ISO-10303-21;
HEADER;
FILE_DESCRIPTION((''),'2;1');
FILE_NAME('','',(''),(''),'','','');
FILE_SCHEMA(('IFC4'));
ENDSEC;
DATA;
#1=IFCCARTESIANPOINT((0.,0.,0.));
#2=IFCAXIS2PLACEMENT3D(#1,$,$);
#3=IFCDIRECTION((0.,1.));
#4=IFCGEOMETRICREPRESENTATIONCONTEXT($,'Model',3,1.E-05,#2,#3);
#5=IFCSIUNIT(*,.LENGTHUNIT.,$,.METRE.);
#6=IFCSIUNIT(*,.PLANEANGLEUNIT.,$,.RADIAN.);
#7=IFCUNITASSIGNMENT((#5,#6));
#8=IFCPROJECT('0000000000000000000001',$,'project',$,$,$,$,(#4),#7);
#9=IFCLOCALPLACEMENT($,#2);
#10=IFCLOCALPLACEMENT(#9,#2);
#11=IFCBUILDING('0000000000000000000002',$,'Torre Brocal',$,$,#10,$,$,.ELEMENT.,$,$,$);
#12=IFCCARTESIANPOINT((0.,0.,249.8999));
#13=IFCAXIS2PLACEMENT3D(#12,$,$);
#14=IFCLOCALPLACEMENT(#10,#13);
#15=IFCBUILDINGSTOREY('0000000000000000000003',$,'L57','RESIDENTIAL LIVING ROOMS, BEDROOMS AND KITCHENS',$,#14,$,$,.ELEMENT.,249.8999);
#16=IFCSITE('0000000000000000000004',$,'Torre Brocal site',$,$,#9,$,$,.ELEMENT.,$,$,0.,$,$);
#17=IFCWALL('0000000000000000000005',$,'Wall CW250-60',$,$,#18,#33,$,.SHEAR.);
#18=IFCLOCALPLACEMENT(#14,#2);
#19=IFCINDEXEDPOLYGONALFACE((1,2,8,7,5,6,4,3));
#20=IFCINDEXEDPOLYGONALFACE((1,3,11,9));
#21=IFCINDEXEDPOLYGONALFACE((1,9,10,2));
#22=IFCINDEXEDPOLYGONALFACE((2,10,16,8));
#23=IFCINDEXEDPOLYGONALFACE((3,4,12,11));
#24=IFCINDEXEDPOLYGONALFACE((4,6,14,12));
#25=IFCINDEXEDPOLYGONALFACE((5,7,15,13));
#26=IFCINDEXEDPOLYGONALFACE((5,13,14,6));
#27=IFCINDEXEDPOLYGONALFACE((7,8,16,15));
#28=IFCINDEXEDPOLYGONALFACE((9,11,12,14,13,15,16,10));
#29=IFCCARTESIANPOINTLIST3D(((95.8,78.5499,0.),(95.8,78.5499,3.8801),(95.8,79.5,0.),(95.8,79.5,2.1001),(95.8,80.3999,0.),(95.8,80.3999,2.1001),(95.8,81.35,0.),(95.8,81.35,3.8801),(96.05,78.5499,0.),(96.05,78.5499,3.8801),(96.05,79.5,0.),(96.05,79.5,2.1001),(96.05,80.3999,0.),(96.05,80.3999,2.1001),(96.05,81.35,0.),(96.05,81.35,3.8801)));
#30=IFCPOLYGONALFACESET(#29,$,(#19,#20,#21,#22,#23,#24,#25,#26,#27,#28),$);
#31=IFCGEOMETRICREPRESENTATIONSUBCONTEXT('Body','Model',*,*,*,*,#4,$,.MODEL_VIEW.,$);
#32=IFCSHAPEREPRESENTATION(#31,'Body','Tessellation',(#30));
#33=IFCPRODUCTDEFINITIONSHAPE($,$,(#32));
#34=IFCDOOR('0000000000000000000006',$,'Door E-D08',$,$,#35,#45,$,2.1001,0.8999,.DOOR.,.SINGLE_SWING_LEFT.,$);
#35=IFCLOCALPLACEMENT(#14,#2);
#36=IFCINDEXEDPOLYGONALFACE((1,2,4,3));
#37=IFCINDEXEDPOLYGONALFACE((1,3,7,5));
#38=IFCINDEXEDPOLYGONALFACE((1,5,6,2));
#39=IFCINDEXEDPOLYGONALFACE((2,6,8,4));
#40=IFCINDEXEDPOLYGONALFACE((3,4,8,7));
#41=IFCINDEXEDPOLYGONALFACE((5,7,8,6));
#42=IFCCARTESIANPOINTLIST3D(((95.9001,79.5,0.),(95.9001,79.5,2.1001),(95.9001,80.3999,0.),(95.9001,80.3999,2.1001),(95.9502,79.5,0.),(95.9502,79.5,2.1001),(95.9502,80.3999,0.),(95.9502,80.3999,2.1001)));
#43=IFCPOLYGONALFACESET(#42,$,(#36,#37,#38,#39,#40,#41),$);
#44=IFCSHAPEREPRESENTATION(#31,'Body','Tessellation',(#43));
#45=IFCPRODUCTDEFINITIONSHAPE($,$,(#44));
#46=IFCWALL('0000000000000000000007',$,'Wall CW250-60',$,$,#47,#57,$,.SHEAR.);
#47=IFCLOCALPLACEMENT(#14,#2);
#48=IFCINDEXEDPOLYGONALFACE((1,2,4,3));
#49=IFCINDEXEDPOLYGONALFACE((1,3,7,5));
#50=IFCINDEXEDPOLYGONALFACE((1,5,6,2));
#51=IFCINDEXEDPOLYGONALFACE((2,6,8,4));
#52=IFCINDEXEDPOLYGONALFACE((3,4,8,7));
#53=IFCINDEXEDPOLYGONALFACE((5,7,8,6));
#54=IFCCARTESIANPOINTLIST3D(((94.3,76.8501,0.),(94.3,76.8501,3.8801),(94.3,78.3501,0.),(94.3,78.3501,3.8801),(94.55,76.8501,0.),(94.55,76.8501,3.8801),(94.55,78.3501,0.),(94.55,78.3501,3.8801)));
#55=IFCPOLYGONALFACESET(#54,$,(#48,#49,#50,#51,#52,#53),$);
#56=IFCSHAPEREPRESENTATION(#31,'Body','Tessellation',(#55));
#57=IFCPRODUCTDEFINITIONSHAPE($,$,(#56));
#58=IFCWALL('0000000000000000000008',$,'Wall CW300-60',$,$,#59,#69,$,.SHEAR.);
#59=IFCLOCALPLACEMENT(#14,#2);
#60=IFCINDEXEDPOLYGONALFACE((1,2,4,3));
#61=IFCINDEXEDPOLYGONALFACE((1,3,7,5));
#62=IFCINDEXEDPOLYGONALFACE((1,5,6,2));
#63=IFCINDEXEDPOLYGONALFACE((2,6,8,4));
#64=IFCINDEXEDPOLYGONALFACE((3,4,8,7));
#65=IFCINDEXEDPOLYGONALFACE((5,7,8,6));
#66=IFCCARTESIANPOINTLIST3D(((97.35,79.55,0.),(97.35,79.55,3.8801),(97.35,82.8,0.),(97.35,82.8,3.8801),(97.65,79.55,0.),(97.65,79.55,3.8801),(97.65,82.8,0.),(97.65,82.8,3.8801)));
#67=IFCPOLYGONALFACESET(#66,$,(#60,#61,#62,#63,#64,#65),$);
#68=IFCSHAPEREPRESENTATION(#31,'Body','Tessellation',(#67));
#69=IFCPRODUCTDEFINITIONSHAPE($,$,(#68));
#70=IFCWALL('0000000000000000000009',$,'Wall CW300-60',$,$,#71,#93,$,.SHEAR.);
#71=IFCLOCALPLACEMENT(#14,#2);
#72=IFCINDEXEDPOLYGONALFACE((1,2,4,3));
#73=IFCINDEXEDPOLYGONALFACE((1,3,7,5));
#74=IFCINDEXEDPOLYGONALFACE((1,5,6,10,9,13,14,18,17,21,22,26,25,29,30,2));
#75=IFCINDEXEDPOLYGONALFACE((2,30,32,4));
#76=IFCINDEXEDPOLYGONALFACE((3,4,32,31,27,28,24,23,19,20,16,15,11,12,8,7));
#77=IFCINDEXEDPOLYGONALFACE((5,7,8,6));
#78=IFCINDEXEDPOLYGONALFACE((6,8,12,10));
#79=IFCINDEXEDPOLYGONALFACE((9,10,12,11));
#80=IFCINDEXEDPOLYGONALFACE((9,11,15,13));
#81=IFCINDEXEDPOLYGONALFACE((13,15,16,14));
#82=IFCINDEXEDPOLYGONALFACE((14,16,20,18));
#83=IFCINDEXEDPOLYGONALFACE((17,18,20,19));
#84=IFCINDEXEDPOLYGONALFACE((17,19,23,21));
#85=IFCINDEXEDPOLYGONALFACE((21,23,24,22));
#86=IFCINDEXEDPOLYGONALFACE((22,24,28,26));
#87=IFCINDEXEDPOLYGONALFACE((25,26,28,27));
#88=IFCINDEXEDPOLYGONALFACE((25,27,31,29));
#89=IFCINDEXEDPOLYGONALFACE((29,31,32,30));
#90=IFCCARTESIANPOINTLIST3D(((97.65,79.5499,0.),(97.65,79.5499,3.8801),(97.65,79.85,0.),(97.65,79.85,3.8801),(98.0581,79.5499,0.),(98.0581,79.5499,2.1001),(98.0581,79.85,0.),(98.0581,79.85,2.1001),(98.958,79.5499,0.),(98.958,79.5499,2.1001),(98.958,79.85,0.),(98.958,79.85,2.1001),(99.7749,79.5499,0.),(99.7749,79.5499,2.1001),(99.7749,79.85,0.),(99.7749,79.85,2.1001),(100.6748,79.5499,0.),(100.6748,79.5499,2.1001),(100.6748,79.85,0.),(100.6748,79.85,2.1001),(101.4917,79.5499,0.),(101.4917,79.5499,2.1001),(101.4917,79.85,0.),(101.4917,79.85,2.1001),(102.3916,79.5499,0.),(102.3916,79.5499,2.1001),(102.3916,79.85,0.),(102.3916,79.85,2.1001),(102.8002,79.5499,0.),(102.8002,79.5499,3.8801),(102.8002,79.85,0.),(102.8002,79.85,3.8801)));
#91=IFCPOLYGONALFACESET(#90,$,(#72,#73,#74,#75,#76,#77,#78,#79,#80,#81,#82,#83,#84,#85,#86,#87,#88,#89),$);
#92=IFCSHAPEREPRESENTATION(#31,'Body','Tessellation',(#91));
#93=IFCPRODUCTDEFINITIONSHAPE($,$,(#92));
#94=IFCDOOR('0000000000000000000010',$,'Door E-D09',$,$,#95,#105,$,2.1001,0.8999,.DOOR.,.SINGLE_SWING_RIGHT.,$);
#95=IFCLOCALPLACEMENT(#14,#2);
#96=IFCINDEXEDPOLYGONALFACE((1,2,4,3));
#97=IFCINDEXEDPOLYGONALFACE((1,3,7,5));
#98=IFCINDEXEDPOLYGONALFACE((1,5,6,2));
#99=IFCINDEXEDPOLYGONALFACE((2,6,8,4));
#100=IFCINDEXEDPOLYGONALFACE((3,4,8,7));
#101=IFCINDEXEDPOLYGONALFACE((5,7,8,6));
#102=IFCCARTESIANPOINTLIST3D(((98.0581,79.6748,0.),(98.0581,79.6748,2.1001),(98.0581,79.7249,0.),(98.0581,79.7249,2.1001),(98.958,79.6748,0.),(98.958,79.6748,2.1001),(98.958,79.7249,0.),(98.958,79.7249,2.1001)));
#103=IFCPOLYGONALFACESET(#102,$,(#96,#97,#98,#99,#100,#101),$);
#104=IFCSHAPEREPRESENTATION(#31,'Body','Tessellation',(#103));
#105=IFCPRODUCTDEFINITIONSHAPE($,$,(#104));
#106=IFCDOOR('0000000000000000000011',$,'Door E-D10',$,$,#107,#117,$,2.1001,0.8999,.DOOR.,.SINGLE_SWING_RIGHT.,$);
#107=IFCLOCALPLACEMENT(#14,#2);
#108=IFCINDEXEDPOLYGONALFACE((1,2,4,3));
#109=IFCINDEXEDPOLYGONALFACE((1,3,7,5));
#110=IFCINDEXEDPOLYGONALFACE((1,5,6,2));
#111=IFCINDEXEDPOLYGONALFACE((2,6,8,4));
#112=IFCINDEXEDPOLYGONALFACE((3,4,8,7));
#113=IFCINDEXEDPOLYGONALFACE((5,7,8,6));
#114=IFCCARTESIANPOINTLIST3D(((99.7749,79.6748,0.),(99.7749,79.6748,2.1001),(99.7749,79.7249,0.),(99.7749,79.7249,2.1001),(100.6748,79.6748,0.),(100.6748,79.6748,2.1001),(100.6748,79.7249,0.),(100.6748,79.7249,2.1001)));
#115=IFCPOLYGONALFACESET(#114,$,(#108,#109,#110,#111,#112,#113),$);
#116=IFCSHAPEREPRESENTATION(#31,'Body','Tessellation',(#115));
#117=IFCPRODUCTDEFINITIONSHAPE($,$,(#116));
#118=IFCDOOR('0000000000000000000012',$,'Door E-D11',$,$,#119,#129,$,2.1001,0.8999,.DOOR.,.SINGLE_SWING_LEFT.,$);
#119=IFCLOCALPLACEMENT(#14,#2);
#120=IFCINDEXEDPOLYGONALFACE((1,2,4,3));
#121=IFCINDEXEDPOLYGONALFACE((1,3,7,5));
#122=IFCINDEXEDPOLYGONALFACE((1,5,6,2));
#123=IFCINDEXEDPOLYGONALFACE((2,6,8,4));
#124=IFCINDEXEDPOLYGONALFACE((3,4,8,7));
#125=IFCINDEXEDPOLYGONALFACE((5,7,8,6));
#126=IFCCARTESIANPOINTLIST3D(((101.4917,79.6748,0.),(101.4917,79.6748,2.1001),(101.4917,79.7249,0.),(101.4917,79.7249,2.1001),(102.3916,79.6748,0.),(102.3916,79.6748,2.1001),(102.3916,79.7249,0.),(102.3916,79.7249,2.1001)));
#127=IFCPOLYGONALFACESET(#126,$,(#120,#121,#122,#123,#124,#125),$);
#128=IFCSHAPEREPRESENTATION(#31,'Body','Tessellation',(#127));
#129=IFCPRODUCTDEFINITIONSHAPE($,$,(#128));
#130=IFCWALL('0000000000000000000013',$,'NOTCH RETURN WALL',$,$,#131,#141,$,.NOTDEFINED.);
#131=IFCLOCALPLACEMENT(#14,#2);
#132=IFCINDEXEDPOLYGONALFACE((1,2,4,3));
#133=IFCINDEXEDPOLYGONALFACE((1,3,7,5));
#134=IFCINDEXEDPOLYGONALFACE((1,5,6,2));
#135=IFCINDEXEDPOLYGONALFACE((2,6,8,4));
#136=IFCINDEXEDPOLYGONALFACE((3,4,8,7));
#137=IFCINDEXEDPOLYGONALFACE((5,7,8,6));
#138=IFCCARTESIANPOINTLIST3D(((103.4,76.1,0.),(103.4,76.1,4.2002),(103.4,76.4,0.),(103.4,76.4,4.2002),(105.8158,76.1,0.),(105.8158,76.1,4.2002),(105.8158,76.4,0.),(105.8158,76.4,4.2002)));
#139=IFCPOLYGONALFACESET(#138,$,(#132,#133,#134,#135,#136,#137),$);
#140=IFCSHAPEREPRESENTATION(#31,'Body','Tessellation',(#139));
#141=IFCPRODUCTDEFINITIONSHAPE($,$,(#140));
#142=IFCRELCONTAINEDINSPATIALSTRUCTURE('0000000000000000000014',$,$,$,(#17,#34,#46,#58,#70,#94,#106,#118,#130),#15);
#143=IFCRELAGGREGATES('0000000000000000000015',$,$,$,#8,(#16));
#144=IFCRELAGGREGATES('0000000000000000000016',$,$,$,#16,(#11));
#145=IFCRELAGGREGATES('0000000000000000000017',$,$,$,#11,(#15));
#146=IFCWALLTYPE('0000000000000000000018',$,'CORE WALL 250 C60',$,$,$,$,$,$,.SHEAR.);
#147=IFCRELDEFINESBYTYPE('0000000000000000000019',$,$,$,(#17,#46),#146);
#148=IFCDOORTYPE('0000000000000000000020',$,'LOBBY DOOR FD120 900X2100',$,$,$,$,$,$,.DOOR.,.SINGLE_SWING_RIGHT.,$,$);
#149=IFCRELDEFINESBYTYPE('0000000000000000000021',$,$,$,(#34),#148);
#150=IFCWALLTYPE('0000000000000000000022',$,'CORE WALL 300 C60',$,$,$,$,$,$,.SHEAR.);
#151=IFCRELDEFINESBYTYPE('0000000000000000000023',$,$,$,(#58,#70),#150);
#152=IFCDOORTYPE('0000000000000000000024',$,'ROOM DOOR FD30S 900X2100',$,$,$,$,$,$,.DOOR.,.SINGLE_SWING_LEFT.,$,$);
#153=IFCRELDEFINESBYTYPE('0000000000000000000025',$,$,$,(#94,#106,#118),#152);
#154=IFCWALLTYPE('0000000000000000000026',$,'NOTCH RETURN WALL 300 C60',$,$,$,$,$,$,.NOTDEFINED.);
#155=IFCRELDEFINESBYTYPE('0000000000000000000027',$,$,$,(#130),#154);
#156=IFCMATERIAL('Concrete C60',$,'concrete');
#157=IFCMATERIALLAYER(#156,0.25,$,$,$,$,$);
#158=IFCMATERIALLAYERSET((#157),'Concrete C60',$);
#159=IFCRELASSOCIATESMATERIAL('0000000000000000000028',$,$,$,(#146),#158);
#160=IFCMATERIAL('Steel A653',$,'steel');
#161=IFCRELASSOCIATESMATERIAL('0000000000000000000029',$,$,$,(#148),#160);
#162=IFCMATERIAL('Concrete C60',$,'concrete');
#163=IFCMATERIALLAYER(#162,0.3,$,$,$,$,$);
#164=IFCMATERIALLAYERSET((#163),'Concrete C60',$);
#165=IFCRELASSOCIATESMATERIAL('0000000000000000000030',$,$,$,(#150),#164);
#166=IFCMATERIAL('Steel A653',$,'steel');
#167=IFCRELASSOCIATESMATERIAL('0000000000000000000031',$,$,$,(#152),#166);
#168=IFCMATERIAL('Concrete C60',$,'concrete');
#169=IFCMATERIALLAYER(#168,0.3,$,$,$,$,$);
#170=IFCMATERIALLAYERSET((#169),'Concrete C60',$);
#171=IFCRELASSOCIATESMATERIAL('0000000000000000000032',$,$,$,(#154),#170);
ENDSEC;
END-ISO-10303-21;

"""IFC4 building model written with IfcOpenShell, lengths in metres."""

from ifc_helpers import new_model, si_unit, direction, frame, frame_2d, origin, place, context, subcontext, project, spatial, rectangle, extrude, material, layer, layer_set, type_object, element, fill, save


model = new_model("IFC4")

# Units and contexts
model_context = context("Model", 3, precision=1e-05, world=origin(), true_north=direction((0.0, 1.0)))
body_context = subcontext(model_context, "Body", "Model", "MODEL_VIEW")
ifc_project = project(units=[si_unit("LENGTHUNIT", "METRE"), si_unit("PLANEANGLEUNIT", "RADIAN")], contexts=[model_context])

# Site, building, storey
site_placement = place(None, origin())
site = spatial("IfcSite", under=ifc_project, at=site_placement, Name="Torre Brocal site", CompositionType="ELEMENT", RefElevation=0.0)
building_placement = place(site_placement, origin())
building = spatial("IfcBuilding", under=site, at=building_placement, Name="Torre Brocal", CompositionType="ELEMENT")
storey_placement = place(building_placement, frame((0.0, 0.0, 249.8999)))
storey = spatial("IfcBuildingStorey", under=building, at=storey_placement, Name="L57", Description="RESIDENTIAL LIVING ROOMS, BEDROOMS AND KITCHENS", CompositionType="ELEMENT", Elevation=249.8999)

# Wall, opening, door
ifc_material_1 = material(Name="Concrete C60", Category="concrete")
ifc_layer_1 = layer(ifc_material_1, 0.25)
ifc_layer_set_1 = layer_set([ifc_layer_1], Name="Concrete C60")
wall_type_1 = type_object("IfcWallType", Name="CORE WALL 250 C60", PredefinedType="SHEAR", material=ifc_layer_set_1)
wall_1_placement = place(storey_placement, frame((95.925, 78.55, 0.0), z_axis=(0.0, 0.0, 1.0), x_axis=(0.0, 1.0, 0.0)))
wall_1 = element("IfcWall", 1, at=wall_1_placement, inside=storey, type_object=wall_type_1, Name="Wall CW250-60", PredefinedType="SHEAR", context=body_context, shape_type="SweptSolid", body=[
    extrude(rectangle(XDim=2.8, YDim=0.25, at=frame_2d((1.3999, 0.0))), origin(), (0.0, 0.0, 1.0), 3.8801),
])
opening_1_placement = place(wall_1_placement, frame((0.95, 0.0, 0.0)))
opening_1 = element("IfcOpeningElement", 2, at=opening_1_placement, cuts=wall_1, PredefinedType="OPENING", context=body_context, shape_type="SweptSolid", body=[
    extrude(rectangle(XDim=0.8999, YDim=2.1001, at=frame_2d((0.45, 1.05))), frame((0.0, 0.135, 0.0), z_axis=(0.0, -1.0, 0.0), x_axis=(1.0, 0.0, 0.0)), (0.0, 0.0, 1.0), 0.27),
])
ifc_material_2 = material(Name="Steel A653", Category="steel")
door_type_1 = type_object("IfcDoorType", Name="LOBBY DOOR FD120 900X2100", OperationType="SINGLE_SWING_RIGHT", PredefinedType="DOOR", material=ifc_material_2)
door_1_placement = place(opening_1_placement, origin())
door_1 = element("IfcDoor", 3, at=door_1_placement, inside=storey, type_object=door_type_1, Name="Door E-D08", OperationType="SINGLE_SWING_LEFT", OverallHeight=2.1001, OverallWidth=0.8999, PredefinedType="DOOR", context=body_context, shape_type="SweptSolid", body=[
    extrude(rectangle(XDim=0.8999, YDim=2.1001, at=frame_2d((0.45, 1.05))), frame((0.0, 0.0249, 0.0), z_axis=(0.0, -1.0, 0.0), x_axis=(1.0, 0.0, 0.0)), (0.0, 0.0, 1.0), 0.05),
])
fill(opening_1, door_1)

# Walls
wall_2_placement = place(storey_placement, frame((94.425, 76.8501, 0.0), z_axis=(0.0, 0.0, 1.0), x_axis=(0.0, 1.0, 0.0)))
element("IfcWall", 4, at=wall_2_placement, inside=storey, type_object=wall_type_1, Name="Wall CW250-60", PredefinedType="SHEAR", context=body_context, shape_type="SweptSolid", body=[
    extrude(rectangle(XDim=1.5, YDim=0.25, at=frame_2d((0.75, 0.0))), origin(), (0.0, 0.0, 1.0), 3.8801),
])
ifc_material_3 = material(Name="Concrete C60", Category="concrete")
ifc_layer_2 = layer(ifc_material_3, 0.3)
ifc_layer_set_2 = layer_set([ifc_layer_2], Name="Concrete C60")
wall_type_2 = type_object("IfcWallType", Name="CORE WALL 300 C60", PredefinedType="SHEAR", material=ifc_layer_set_2)
wall_3_placement = place(storey_placement, frame((97.5, 79.55, 0.0), z_axis=(0.0, 0.0, 1.0), x_axis=(0.0, 1.0, 0.0)))
element("IfcWall", 5, at=wall_3_placement, inside=storey, type_object=wall_type_2, Name="Wall CW300-60", PredefinedType="SHEAR", context=body_context, shape_type="SweptSolid", body=[
    extrude(rectangle(XDim=3.25, YDim=0.3, at=frame_2d((1.625, 0.0))), origin(), (0.0, 0.0, 1.0), 3.8801),
])

# Wall, openings, doors
wall_4_placement = place(storey_placement, frame((97.6499, 79.7, 0.0), z_axis=(0.0, 0.0, 1.0), x_axis=(1.0, 0.0, 0.0)))
wall_4 = element("IfcWall", 6, at=wall_4_placement, inside=storey, type_object=wall_type_2, Name="Wall CW300-60", PredefinedType="SHEAR", context=body_context, shape_type="SweptSolid", body=[
    extrude(rectangle(XDim=5.1501, YDim=0.3, at=frame_2d((2.5752, 0.0))), origin(), (0.0, 0.0, 1.0), 3.8801),
])
opening_2_placement = place(wall_4_placement, frame((0.4082, 0.0, 0.0)))
opening_2 = element("IfcOpeningElement", 7, at=opening_2_placement, cuts=wall_4, PredefinedType="OPENING", context=body_context, shape_type="SweptSolid", body=[
    extrude(rectangle(XDim=0.8999, YDim=2.1001, at=frame_2d((0.45, 1.05))), frame((0.0, 0.1599, 0.0), z_axis=(0.0, -1.0, 0.0), x_axis=(1.0, 0.0, 0.0)), (0.0, 0.0, 1.0), 0.3201),
])
opening_3_placement = place(wall_4_placement, frame((2.125, 0.0, 0.0)))
opening_3 = element("IfcOpeningElement", 8, at=opening_3_placement, cuts=wall_4, PredefinedType="OPENING", context=body_context, shape_type="SweptSolid", body=[
    extrude(rectangle(XDim=0.8999, YDim=2.1001, at=frame_2d((0.45, 1.05))), frame((0.0, 0.1599, 0.0), z_axis=(0.0, -1.0, 0.0), x_axis=(1.0, 0.0, 0.0)), (0.0, 0.0, 1.0), 0.3201),
])
opening_4_placement = place(wall_4_placement, frame((3.8418, 0.0, 0.0)))
opening_4 = element("IfcOpeningElement", 9, at=opening_4_placement, cuts=wall_4, PredefinedType="OPENING", context=body_context, shape_type="SweptSolid", body=[
    extrude(rectangle(XDim=0.8999, YDim=2.1001, at=frame_2d((0.45, 1.05))), frame((0.0, 0.1599, 0.0), z_axis=(0.0, -1.0, 0.0), x_axis=(1.0, 0.0, 0.0)), (0.0, 0.0, 1.0), 0.3201),
])
ifc_material_4 = material(Name="Steel A653", Category="steel")
door_type_2 = type_object("IfcDoorType", Name="ROOM DOOR FD30S 900X2100", OperationType="SINGLE_SWING_LEFT", PredefinedType="DOOR", material=ifc_material_4)
door_2_placement = place(opening_2_placement, origin())
door_2 = element("IfcDoor", 10, at=door_2_placement, inside=storey, type_object=door_type_2, Name="Door E-D09", OperationType="SINGLE_SWING_RIGHT", OverallHeight=2.1001, OverallWidth=0.8999, PredefinedType="DOOR", context=body_context, shape_type="SweptSolid", body=[
    extrude(rectangle(XDim=0.8999, YDim=2.1001, at=frame_2d((0.45, 1.05))), frame((0.0, 0.0249, 0.0), z_axis=(0.0, -1.0, 0.0), x_axis=(1.0, 0.0, 0.0)), (0.0, 0.0, 1.0), 0.05),
])
fill(opening_2, door_2)
door_3_placement = place(opening_3_placement, origin())
door_3 = element("IfcDoor", 11, at=door_3_placement, inside=storey, type_object=door_type_2, Name="Door E-D10", OperationType="SINGLE_SWING_RIGHT", OverallHeight=2.1001, OverallWidth=0.8999, PredefinedType="DOOR", context=body_context, shape_type="SweptSolid", body=[
    extrude(rectangle(XDim=0.8999, YDim=2.1001, at=frame_2d((0.45, 1.05))), frame((0.0, 0.0249, 0.0), z_axis=(0.0, -1.0, 0.0), x_axis=(1.0, 0.0, 0.0)), (0.0, 0.0, 1.0), 0.05),
])
fill(opening_3, door_3)
door_4_placement = place(opening_4_placement, origin())
door_4 = element("IfcDoor", 12, at=door_4_placement, inside=storey, type_object=door_type_2, Name="Door E-D11", OperationType="SINGLE_SWING_LEFT", OverallHeight=2.1001, OverallWidth=0.8999, PredefinedType="DOOR", context=body_context, shape_type="SweptSolid", body=[
    extrude(rectangle(XDim=0.8999, YDim=2.1001, at=frame_2d((0.45, 1.05))), frame((0.0, 0.0249, 0.0), z_axis=(0.0, -1.0, 0.0), x_axis=(1.0, 0.0, 0.0)), (0.0, 0.0, 1.0), 0.05),
])
fill(opening_4, door_4)

# Wall
ifc_material_5 = material(Name="Concrete C60", Category="concrete")
ifc_layer_3 = layer(ifc_material_5, 0.3)
ifc_layer_set_3 = layer_set([ifc_layer_3], Name="Concrete C60")
wall_type_3 = type_object("IfcWallType", Name="NOTCH RETURN WALL 300 C60", PredefinedType="NOTDEFINED", material=ifc_layer_set_3)
wall_5_placement = place(storey_placement, frame((103.3999, 76.25, 0.0), z_axis=(0.0, 0.0, 1.0), x_axis=(1.0, 0.0, 0.0)))
element("IfcWall", 13, at=wall_5_placement, inside=storey, type_object=wall_type_3, Name="NOTCH RETURN WALL", PredefinedType="NOTDEFINED", context=body_context, shape_type="SweptSolid", body=[
    extrude(rectangle(XDim=2.4158, YDim=0.3, at=frame_2d((1.208, 0.0))), origin(), (0.0, 0.0, 1.0), 4.2002),
])

save(model, "model.ifc")
